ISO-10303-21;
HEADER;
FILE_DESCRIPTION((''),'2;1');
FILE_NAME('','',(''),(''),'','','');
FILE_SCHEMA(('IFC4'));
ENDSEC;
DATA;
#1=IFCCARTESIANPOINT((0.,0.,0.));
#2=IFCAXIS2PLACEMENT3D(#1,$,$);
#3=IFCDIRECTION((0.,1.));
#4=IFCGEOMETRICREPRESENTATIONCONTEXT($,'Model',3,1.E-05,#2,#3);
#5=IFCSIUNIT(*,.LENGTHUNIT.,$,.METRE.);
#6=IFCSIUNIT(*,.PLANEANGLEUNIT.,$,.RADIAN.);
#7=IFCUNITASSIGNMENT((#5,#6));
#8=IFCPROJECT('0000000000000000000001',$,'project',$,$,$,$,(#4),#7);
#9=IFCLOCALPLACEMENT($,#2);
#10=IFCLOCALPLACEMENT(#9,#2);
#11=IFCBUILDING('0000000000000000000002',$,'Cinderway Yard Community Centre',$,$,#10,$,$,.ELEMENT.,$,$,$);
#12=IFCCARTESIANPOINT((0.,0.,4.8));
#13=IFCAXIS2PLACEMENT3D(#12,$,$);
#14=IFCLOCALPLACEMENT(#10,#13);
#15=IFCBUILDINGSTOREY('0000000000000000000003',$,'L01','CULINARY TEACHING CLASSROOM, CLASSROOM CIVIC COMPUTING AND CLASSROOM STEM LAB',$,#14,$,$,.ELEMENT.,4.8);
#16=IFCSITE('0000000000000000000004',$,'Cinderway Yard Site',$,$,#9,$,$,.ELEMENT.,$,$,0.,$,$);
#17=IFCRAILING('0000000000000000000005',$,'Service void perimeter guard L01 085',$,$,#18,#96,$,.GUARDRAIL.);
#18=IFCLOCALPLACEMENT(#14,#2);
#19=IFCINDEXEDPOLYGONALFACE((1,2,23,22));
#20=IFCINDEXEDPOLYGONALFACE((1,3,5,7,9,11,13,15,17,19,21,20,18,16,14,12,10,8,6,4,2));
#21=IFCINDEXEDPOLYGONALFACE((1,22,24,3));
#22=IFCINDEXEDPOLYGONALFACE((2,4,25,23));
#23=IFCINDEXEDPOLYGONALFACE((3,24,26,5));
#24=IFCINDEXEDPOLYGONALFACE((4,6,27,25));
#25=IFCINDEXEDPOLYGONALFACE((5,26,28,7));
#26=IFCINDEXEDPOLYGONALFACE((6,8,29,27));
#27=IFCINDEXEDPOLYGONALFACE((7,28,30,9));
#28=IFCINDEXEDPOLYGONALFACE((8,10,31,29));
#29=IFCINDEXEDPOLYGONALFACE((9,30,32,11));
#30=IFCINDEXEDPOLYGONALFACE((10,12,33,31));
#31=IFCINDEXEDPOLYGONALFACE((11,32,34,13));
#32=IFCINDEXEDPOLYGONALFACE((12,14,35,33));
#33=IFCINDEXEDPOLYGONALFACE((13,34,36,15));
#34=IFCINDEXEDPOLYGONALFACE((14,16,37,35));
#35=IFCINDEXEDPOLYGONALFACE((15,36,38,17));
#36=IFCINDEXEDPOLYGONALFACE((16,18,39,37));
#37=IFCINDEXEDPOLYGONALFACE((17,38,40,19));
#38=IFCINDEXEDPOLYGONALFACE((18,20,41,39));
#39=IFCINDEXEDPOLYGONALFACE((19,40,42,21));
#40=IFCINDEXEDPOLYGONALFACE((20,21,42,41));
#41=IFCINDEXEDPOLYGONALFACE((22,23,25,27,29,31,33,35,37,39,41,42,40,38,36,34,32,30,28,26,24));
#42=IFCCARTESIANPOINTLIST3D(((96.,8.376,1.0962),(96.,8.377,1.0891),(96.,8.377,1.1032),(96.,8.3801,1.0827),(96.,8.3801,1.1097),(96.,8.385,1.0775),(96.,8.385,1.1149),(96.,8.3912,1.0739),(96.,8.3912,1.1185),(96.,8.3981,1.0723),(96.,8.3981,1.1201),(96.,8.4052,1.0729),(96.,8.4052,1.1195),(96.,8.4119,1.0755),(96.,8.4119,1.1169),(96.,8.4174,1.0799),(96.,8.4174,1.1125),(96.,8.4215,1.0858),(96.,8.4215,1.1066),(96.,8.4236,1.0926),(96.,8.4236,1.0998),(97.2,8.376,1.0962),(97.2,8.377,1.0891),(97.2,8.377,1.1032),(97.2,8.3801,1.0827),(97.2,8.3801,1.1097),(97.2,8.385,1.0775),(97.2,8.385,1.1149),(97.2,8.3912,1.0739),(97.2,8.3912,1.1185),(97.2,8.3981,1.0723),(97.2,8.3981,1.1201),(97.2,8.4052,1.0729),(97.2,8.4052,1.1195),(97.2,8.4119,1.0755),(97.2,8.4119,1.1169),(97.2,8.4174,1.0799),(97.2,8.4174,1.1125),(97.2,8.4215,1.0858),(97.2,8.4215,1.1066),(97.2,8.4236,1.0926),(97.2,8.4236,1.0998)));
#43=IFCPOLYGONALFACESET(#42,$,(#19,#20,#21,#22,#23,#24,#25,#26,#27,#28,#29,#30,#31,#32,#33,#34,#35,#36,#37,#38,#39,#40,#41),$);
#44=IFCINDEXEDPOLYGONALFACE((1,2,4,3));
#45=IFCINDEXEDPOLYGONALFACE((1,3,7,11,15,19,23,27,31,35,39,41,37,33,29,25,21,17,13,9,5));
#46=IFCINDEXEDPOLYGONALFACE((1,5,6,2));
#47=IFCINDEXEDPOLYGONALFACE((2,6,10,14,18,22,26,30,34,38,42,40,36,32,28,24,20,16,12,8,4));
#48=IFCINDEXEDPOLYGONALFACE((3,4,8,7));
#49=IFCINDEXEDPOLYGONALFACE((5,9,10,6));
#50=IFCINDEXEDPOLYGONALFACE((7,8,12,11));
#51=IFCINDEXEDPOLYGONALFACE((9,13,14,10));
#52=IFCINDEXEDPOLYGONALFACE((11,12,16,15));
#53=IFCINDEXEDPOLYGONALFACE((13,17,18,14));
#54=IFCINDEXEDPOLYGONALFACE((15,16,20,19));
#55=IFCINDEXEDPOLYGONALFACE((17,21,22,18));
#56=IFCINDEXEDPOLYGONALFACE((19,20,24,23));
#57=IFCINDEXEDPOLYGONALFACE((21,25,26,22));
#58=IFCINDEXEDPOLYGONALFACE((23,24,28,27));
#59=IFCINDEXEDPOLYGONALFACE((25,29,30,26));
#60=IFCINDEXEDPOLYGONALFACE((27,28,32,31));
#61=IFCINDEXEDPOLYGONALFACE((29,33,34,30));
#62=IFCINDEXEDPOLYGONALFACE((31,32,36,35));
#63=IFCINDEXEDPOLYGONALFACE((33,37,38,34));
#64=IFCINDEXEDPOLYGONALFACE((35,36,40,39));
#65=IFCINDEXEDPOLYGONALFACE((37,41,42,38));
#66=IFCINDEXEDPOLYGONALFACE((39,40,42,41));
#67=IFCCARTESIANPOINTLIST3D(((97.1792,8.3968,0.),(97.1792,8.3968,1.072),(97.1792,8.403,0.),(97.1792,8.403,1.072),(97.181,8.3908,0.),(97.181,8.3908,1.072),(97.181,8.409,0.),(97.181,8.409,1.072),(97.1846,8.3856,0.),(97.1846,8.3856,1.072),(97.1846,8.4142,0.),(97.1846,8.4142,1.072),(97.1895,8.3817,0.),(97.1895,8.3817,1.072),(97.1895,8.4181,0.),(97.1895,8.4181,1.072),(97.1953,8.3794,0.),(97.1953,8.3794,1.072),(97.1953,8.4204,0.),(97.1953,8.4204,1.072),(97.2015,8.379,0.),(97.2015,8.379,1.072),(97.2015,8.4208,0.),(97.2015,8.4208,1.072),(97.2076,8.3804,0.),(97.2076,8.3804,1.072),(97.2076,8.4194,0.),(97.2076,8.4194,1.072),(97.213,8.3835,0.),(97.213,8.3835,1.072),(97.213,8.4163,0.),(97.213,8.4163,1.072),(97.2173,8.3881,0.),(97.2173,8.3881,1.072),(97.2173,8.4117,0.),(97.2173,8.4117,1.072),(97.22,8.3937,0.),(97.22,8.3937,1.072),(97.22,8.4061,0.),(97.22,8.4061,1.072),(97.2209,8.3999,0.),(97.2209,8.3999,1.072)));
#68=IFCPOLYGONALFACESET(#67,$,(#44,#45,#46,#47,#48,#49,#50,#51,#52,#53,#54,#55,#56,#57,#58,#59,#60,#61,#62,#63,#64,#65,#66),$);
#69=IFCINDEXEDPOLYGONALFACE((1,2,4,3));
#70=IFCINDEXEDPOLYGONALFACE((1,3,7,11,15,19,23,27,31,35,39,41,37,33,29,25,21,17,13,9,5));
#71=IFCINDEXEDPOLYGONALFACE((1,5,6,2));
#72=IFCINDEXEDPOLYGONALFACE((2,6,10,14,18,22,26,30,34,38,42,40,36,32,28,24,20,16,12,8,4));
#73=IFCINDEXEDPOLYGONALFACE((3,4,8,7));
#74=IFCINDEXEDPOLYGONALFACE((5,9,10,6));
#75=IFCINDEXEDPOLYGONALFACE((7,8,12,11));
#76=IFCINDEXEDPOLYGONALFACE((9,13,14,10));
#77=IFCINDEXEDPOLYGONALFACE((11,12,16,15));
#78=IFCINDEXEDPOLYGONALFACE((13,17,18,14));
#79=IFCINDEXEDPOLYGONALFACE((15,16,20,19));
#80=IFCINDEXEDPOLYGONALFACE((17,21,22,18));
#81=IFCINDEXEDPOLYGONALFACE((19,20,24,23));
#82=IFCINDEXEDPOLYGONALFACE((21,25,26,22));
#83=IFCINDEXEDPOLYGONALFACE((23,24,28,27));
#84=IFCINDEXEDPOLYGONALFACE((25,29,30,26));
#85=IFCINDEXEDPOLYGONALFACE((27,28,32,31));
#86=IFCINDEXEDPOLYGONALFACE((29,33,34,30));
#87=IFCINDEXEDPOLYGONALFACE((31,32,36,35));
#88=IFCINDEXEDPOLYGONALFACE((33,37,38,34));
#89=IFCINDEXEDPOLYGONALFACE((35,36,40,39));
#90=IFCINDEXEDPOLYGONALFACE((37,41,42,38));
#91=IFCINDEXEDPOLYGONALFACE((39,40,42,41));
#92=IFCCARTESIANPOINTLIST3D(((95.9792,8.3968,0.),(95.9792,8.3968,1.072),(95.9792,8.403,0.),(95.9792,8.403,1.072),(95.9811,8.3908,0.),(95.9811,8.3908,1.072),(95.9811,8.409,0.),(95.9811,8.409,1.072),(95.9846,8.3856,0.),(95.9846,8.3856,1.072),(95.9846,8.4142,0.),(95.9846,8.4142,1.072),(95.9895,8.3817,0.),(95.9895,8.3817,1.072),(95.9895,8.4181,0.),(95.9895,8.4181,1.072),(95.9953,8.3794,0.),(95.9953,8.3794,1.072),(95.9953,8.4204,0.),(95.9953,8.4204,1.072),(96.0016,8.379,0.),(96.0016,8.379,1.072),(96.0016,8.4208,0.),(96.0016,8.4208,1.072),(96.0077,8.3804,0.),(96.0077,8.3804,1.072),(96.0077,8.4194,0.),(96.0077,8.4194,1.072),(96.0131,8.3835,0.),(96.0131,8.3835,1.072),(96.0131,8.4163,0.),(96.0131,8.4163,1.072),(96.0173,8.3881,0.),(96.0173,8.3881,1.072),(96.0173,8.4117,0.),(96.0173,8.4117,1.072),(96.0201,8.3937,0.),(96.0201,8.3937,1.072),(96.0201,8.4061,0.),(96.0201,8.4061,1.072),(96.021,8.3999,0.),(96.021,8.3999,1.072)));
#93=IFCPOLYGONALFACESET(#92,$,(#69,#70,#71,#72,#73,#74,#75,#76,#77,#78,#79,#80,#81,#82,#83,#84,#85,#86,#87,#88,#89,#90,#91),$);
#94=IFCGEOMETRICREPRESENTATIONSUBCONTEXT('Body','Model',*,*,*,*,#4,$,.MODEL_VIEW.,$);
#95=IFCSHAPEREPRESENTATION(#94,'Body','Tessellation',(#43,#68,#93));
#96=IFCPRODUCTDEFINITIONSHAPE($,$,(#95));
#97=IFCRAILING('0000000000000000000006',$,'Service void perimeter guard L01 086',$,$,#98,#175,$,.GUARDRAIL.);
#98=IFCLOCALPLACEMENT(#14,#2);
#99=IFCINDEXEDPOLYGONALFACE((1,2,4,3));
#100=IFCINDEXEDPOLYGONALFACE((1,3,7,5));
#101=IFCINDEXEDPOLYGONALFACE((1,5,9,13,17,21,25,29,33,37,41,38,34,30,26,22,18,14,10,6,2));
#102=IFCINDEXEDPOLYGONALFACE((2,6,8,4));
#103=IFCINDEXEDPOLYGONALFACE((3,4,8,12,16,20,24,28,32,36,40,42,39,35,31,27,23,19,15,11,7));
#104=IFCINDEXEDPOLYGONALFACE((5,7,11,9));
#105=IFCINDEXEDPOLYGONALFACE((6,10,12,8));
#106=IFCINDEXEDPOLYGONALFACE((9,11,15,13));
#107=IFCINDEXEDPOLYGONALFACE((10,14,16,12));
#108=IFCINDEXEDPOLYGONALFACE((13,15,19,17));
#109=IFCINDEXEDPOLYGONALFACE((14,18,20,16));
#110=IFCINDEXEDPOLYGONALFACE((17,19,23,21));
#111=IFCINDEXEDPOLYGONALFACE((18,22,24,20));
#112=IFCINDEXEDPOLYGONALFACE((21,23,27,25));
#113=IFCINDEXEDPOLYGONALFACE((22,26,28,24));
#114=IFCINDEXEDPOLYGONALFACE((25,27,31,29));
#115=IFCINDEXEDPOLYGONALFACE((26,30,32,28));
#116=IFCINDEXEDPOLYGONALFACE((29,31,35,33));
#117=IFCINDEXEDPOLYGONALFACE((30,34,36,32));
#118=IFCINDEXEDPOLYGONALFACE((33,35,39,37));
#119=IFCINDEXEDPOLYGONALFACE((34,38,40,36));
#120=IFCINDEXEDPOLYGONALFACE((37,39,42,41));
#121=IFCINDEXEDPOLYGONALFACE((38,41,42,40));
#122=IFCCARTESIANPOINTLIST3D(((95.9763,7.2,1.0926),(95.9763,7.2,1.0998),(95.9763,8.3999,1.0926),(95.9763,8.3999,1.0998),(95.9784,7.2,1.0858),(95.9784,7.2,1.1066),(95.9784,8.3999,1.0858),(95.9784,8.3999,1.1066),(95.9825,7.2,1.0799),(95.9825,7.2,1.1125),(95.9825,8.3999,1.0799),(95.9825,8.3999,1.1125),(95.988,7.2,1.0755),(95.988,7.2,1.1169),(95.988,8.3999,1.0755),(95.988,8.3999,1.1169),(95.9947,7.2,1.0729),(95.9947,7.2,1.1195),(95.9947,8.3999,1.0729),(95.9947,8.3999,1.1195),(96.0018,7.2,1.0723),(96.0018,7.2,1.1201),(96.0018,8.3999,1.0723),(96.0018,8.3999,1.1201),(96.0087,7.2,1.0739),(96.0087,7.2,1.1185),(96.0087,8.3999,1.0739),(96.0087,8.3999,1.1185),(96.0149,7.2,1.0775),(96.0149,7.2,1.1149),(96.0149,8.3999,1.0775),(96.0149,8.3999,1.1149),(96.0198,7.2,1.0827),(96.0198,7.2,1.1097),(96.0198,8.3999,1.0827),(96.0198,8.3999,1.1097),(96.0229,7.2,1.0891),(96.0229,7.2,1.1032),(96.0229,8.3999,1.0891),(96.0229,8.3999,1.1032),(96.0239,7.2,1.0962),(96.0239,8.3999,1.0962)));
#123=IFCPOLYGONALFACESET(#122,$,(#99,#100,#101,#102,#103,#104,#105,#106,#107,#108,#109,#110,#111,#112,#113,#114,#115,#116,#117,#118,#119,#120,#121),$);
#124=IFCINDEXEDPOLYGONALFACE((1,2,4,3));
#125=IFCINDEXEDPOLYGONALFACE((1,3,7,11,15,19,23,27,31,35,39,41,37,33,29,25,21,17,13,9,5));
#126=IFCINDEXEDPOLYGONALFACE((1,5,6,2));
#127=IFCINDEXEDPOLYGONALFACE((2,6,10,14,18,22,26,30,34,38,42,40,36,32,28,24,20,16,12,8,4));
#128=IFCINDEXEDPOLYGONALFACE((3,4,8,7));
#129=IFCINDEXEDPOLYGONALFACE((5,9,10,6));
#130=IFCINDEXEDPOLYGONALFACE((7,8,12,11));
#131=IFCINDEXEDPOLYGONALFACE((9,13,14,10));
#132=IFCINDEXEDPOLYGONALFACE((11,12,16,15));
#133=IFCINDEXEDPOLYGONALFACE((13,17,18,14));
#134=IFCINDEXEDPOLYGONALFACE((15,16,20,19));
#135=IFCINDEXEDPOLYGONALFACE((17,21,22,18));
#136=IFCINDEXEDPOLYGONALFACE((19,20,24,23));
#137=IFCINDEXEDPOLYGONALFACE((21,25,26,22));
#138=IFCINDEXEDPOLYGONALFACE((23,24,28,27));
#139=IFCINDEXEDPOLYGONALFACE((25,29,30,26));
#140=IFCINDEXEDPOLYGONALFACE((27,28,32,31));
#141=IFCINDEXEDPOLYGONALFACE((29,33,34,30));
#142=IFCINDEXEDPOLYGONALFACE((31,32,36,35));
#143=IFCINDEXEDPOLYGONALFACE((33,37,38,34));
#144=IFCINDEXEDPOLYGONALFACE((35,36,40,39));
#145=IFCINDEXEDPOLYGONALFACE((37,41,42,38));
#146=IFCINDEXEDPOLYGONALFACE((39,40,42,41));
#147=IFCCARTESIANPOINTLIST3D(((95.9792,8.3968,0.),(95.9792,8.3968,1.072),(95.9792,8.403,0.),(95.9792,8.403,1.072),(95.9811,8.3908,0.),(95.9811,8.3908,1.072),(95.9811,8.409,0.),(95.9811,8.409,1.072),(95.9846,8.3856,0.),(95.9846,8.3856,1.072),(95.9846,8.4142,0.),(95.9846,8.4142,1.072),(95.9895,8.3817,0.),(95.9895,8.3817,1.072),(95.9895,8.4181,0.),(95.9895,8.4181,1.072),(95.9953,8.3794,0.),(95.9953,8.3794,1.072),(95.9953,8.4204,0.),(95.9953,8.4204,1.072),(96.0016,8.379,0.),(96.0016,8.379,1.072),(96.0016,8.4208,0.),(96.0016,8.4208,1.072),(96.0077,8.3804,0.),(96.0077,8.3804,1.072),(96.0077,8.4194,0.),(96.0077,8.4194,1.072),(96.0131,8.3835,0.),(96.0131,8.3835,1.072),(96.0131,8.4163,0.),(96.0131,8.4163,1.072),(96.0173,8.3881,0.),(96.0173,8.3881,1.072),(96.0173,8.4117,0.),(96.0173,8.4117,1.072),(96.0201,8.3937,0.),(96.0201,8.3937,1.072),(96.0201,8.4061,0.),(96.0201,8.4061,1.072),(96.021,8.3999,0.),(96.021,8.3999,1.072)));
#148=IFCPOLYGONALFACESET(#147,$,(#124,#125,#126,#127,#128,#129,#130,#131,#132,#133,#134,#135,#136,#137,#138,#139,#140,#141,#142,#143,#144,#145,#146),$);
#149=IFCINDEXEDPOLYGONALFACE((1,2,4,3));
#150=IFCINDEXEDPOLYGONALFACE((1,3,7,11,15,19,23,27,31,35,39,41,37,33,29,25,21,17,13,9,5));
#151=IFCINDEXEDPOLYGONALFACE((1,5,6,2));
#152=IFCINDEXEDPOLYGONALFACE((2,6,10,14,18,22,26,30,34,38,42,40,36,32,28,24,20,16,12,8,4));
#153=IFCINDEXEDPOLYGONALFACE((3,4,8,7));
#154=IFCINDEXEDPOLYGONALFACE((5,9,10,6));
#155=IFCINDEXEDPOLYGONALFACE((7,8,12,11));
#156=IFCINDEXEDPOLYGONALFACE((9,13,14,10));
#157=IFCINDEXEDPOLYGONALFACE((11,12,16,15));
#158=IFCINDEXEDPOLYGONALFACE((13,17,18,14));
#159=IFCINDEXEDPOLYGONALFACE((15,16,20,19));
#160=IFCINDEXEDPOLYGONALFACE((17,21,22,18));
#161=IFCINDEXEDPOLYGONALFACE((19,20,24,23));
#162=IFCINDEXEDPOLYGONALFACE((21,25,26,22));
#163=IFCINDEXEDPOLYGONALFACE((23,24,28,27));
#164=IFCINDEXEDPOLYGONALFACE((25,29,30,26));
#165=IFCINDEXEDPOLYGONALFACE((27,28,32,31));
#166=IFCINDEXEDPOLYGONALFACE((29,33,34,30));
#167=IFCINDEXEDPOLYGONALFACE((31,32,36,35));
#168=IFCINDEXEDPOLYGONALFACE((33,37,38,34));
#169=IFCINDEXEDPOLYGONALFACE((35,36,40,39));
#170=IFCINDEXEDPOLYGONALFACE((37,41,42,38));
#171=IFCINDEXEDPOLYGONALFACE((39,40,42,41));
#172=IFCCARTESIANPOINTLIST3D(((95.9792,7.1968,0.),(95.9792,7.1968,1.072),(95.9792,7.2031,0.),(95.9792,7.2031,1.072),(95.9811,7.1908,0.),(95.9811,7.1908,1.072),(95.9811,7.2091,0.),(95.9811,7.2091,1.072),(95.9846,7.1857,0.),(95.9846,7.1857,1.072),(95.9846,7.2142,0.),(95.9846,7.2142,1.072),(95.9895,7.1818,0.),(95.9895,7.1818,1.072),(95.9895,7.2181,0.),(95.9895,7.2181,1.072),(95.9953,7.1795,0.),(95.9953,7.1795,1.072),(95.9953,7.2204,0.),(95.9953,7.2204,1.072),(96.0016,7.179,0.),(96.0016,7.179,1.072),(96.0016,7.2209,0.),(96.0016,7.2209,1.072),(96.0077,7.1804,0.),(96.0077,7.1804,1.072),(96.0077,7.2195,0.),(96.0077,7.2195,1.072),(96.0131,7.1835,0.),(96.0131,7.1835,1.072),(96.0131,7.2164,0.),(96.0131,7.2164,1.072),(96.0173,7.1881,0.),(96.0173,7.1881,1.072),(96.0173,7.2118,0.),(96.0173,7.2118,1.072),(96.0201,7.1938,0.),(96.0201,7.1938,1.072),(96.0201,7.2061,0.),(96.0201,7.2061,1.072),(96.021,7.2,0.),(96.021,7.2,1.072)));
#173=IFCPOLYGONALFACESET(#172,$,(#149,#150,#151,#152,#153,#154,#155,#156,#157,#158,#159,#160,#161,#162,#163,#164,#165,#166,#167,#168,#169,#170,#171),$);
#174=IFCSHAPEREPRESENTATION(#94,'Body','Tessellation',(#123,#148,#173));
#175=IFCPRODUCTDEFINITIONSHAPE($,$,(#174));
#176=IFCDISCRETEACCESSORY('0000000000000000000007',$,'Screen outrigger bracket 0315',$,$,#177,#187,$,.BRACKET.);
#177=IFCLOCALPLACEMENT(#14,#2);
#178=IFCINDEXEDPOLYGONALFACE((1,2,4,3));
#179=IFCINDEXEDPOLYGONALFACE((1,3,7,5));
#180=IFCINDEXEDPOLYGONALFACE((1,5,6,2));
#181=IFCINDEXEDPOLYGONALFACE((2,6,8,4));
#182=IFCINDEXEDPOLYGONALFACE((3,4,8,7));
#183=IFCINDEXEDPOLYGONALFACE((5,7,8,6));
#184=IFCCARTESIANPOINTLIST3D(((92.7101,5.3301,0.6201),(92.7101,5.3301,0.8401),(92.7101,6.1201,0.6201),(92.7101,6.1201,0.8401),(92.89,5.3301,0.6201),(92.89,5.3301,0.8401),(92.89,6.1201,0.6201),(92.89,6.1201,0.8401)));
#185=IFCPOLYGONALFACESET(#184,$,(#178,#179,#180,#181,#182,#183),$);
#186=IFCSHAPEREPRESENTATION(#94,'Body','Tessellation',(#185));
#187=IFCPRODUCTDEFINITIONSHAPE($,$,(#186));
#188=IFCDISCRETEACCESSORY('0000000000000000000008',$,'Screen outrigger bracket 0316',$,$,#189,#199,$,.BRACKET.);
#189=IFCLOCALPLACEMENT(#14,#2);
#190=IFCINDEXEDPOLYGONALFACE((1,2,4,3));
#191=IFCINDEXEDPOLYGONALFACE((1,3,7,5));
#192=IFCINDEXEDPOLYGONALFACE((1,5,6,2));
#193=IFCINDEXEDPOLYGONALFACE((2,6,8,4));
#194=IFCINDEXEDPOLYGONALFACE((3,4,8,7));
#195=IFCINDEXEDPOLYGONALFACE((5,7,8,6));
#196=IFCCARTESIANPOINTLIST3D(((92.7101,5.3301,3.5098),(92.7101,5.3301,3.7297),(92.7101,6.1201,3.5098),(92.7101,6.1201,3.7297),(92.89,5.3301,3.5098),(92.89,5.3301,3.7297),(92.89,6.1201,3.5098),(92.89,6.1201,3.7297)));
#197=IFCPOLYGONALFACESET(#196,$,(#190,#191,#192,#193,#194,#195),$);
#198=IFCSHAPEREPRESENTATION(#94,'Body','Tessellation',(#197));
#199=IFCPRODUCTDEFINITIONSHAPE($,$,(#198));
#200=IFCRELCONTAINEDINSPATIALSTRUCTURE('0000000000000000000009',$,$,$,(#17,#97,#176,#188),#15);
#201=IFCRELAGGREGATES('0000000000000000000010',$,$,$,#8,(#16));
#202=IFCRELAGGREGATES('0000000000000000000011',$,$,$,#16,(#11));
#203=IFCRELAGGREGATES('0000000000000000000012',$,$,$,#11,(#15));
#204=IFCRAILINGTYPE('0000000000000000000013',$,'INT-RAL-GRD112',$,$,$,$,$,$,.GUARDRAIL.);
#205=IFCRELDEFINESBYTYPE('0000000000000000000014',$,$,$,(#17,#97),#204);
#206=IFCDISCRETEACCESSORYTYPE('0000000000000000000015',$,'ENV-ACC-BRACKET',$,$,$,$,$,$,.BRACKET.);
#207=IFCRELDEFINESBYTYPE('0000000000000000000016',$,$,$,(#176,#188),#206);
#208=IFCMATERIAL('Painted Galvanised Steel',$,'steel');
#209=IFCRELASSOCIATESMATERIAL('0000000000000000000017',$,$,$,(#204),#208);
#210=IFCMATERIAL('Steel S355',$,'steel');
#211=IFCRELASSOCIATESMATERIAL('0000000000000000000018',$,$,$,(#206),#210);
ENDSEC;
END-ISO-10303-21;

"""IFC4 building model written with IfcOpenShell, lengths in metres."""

from ifc_helpers import new_model, si_unit, direction, frame, origin, origin_2d, place, context, subcontext, project, spatial, rectangle, circle, extrude, material, type_object, element, save


model = new_model("IFC4")

# Units and contexts
model_context = context("Model", 3, precision=1e-05, world=origin(), true_north=direction((0.0, 1.0)))
body_context = subcontext(model_context, "Body", "Model", "MODEL_VIEW")
ifc_project = project(units=[si_unit("LENGTHUNIT", "METRE"), si_unit("PLANEANGLEUNIT", "RADIAN")], contexts=[model_context])

# Site, building, storey
site_placement = place(None, origin())
site = spatial("IfcSite", under=ifc_project, at=site_placement, Name="Cinderway Yard Site", CompositionType="ELEMENT", RefElevation=0.0)
building_placement = place(site_placement, origin())
building = spatial("IfcBuilding", under=site, at=building_placement, Name="Cinderway Yard Community Centre", CompositionType="ELEMENT")
storey_placement = place(building_placement, frame((0.0, 0.0, 4.8)))
storey = spatial("IfcBuildingStorey", under=building, at=storey_placement, Name="L01", Description="CULINARY TEACHING CLASSROOM, CLASSROOM CIVIC COMPUTING AND CLASSROOM STEM LAB", CompositionType="ELEMENT", Elevation=4.8)

# Shared definitions
ifc_material_1 = material(Name="Steel S355", Category="steel")

# Railings
ifc_material_2 = material(Name="Painted Galvanised Steel", Category="steel")
railing_type = type_object("IfcRailingType", Name="INT-RAL-GRD112", PredefinedType="GUARDRAIL", material=ifc_material_2)
railing_1_placement = place(storey_placement, frame((97.2, 8.3999, 0.0)))
element("IfcRailing", 1, at=railing_1_placement, inside=storey, type_object=railing_type, Name="Service void perimeter guard L01 085", PredefinedType="GUARDRAIL", context=body_context, shape_type="SweptSolid", body=[
    extrude(circle(Radius=0.0239, at=origin_2d()), frame((0.0, 0.0, 1.0962), z_axis=(-1.0, 0.0, 0.0), x_axis=(0.0, -1.0, 0.0)), (0.0, 0.0, 1.0), 1.2),
    extrude(circle(Radius=0.021, at=origin_2d()), origin(), (0.0, 0.0, 1.0), 1.072),
    extrude(circle(Radius=0.021, at=origin_2d()), frame((-1.2, 0.0, 0.0)), (0.0, 0.0, 1.0), 1.072),
])
railing_2_placement = place(storey_placement, frame((96.0, 8.3999, 0.0)))
element("IfcRailing", 2, at=railing_2_placement, inside=storey, type_object=railing_type, Name="Service void perimeter guard L01 086", PredefinedType="GUARDRAIL", context=body_context, shape_type="SweptSolid", body=[
    extrude(circle(Radius=0.0239, at=origin_2d()), frame((0.0, 0.0, 1.0962), z_axis=(0.0, -1.0, 0.0), x_axis=(1.0, 0.0, 0.0)), (0.0, 0.0, 1.0), 1.2),
    extrude(circle(Radius=0.021, at=origin_2d()), origin(), (0.0, 0.0, 1.0), 1.072),
    extrude(circle(Radius=0.021, at=origin_2d()), frame((0.0, -1.2, 0.0)), (0.0, 0.0, 1.0), 1.072),
])

# Discrete accessories
discrete_accessory_type = type_object("IfcDiscreteAccessoryType", Name="ENV-ACC-BRACKET", PredefinedType="BRACKET", material=ifc_material_1)
for number, where, z_axis, x_axis, name in (
    (3, (92.8, 5.7251, 0.6201), (0.0, 0.0, 1.0), (0.0, -1.0, 0.0), "Screen outrigger bracket 0315"),
    (4, (92.8, 5.7251, 3.5098), (0.0, 0.0, 1.0), (0.0, -1.0, 0.0), "Screen outrigger bracket 0316"),
):
    element("IfcDiscreteAccessory", number, at=place(storey_placement, frame(where, z_axis=z_axis, x_axis=x_axis)), inside=storey, type_object=discrete_accessory_type, Name=name, PredefinedType="BRACKET", context=body_context, shape_type="SweptSolid", body=[
        extrude(rectangle(XDim=0.79, YDim=0.1799, at=origin_2d()), origin(), (0.0, 0.0, 1.0), 0.22),
    ])

save(model, "model.ifc")
